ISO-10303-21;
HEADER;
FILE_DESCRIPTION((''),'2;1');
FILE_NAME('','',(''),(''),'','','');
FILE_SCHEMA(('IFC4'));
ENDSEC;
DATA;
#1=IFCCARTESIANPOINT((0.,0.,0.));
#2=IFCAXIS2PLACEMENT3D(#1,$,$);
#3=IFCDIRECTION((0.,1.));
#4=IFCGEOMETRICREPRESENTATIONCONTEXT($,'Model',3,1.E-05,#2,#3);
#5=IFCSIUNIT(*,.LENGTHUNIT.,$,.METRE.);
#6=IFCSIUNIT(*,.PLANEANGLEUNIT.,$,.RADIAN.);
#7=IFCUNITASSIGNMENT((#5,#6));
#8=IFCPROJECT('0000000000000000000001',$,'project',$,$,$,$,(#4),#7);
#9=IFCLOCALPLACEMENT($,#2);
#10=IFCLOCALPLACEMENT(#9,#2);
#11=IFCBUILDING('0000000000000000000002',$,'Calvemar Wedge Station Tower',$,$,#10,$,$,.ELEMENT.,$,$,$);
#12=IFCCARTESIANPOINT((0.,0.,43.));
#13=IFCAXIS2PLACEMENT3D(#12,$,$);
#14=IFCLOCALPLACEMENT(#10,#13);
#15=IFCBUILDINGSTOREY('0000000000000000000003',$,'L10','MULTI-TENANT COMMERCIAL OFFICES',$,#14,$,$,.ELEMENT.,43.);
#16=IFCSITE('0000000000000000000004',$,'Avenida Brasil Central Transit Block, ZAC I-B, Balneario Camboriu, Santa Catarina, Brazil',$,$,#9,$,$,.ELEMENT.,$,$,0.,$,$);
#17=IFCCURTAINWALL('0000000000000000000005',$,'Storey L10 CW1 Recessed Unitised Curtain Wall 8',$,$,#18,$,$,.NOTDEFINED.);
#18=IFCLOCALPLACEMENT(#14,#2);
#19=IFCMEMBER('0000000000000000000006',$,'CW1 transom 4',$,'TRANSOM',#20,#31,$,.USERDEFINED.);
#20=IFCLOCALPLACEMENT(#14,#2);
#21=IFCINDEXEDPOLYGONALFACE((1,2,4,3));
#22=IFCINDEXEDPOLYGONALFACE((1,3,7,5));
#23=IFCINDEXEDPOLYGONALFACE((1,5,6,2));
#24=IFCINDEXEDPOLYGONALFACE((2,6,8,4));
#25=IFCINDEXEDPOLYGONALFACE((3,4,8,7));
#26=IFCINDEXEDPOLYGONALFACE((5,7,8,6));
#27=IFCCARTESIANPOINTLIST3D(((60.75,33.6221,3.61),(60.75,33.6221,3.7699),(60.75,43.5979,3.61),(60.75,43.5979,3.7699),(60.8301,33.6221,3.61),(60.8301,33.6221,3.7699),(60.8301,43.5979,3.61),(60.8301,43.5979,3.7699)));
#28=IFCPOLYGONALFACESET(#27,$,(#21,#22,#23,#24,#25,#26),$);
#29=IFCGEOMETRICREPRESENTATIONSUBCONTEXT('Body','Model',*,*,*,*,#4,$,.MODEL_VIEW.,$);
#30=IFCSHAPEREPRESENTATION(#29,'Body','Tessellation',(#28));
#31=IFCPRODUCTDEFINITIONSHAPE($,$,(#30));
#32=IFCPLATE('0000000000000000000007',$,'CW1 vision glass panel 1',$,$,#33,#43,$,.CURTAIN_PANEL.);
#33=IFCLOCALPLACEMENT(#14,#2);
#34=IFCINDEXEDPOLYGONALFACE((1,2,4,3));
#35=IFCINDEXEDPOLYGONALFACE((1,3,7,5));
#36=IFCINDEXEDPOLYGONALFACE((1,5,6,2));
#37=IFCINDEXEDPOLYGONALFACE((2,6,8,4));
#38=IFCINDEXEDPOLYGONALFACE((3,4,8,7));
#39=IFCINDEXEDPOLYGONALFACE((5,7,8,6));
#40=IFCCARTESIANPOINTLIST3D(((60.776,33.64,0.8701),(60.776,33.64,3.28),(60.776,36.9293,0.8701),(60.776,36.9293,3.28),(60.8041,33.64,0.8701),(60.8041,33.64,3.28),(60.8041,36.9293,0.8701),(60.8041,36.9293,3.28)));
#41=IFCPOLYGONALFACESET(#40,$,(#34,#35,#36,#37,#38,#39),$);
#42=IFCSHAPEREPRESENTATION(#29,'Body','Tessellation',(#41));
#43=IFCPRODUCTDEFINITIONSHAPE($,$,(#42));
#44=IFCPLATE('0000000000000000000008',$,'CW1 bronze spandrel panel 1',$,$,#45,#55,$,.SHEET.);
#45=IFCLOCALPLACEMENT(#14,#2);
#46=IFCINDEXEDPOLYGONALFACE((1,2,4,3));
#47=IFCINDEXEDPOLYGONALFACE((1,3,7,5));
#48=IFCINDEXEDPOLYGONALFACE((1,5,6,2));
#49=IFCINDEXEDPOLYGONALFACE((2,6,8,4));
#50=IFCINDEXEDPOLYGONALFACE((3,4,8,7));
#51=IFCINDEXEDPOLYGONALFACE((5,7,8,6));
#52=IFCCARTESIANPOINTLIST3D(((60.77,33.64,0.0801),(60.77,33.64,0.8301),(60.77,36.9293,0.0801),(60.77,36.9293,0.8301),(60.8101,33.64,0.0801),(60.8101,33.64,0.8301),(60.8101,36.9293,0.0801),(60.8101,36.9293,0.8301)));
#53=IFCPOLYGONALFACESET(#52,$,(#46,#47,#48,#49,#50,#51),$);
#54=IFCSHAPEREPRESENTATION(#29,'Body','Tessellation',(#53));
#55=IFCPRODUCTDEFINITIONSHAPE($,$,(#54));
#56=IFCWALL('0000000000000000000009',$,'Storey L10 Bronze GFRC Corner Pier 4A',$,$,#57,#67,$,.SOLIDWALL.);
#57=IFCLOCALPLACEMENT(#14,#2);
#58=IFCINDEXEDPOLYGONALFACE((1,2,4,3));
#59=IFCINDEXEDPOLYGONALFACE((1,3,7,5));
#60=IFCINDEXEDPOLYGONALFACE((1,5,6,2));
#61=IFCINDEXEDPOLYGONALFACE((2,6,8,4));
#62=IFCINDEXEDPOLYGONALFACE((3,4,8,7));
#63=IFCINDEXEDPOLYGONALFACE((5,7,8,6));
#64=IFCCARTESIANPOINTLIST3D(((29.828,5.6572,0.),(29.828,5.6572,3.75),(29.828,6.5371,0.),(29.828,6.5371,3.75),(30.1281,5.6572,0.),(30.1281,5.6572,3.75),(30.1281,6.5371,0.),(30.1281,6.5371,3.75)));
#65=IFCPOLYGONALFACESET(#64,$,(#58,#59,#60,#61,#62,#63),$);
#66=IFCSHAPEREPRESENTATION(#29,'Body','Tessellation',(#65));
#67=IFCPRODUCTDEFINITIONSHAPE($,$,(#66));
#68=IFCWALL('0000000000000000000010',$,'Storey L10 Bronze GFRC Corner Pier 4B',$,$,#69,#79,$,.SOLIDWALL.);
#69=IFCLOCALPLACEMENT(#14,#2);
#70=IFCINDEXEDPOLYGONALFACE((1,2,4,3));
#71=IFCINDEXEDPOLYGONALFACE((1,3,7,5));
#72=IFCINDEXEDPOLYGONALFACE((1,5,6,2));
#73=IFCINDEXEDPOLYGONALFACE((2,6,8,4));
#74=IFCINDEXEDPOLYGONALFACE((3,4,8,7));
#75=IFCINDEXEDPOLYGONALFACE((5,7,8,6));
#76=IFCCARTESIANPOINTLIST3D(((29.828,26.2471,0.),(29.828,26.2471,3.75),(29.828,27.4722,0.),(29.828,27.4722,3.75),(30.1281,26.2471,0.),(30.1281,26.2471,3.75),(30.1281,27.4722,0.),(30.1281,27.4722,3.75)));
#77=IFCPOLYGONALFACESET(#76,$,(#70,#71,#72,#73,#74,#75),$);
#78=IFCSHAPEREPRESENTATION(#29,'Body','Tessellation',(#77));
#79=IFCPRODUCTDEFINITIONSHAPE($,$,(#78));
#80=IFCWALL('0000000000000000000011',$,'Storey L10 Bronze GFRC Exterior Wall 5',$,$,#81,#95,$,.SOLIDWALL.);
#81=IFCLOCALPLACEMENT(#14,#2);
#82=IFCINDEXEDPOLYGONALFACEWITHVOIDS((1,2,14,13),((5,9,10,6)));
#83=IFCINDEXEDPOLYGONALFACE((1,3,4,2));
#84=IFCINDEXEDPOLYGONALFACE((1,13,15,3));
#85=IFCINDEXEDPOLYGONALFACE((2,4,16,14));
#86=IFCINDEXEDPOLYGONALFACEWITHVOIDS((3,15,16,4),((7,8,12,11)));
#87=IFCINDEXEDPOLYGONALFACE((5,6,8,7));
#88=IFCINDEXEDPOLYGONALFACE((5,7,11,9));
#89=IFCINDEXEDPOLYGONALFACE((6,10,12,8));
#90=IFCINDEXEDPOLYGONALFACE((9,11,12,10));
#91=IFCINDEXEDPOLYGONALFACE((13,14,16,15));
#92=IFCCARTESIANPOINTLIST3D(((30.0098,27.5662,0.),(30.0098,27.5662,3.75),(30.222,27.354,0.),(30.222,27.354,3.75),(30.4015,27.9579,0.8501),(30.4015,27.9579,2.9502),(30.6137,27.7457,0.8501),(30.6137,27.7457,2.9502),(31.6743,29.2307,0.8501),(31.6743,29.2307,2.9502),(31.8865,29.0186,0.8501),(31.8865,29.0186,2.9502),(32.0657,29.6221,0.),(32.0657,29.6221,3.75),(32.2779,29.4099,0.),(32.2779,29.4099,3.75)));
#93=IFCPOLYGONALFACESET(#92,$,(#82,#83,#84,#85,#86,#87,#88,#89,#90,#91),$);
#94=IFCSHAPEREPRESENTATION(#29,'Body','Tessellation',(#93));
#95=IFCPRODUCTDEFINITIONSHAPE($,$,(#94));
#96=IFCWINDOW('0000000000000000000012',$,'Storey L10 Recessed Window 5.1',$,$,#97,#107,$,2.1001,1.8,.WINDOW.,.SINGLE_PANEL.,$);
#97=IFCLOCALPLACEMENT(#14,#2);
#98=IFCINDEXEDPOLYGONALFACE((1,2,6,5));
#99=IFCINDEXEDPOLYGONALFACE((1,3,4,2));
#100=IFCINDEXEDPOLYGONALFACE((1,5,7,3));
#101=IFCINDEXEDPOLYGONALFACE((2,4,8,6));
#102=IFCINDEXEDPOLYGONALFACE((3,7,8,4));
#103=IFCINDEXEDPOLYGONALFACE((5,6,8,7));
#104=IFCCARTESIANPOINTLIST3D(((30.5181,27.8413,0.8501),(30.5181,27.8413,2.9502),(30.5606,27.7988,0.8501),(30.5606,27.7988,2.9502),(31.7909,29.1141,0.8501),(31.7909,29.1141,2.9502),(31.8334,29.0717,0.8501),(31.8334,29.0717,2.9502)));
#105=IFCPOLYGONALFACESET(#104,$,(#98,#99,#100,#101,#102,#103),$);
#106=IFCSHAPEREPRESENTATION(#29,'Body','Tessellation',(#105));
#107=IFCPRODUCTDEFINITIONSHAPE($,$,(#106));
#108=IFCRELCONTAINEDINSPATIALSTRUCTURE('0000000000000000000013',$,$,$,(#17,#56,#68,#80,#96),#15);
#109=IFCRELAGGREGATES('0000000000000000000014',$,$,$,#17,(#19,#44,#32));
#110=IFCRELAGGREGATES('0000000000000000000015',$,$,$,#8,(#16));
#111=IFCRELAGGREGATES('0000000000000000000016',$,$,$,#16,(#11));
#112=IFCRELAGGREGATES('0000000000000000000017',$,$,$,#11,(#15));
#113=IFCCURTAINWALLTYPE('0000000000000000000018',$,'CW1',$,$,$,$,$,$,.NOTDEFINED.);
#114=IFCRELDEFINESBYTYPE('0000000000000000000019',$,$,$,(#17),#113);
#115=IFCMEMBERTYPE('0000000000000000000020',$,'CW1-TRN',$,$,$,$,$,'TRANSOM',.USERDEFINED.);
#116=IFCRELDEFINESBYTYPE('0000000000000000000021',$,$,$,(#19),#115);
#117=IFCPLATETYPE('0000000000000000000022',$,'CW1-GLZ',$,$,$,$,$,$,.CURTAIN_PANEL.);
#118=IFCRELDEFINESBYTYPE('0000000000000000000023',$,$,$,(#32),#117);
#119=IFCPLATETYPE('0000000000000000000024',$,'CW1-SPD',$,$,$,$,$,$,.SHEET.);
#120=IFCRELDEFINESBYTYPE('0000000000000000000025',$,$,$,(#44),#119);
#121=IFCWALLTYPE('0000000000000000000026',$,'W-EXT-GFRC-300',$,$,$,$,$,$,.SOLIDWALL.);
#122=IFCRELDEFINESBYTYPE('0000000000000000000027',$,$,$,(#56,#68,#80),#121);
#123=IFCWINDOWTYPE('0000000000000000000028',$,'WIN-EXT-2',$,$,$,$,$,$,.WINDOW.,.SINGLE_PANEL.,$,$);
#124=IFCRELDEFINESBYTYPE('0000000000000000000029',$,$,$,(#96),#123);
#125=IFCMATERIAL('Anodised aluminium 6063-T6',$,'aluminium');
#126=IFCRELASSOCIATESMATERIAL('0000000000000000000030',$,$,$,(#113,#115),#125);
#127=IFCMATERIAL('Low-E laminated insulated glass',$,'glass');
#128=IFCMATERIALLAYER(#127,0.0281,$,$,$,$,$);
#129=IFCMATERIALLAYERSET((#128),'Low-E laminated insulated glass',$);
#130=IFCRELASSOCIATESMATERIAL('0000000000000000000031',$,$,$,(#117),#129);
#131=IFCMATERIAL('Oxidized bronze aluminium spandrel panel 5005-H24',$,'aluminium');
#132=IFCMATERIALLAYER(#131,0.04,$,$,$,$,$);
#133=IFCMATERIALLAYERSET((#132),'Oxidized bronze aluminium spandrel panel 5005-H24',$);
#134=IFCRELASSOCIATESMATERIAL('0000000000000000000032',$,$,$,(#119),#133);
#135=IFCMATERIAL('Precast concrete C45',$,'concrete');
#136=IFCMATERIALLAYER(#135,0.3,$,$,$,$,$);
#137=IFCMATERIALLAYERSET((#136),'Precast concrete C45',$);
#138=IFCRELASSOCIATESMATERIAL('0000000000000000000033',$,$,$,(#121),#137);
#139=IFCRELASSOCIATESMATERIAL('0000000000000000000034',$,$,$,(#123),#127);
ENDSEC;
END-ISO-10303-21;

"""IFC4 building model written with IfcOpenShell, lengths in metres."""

from ifc_helpers import new_model, si_unit, direction, frame, frame_2d, origin, origin_2d, place, context, subcontext, project, spatial, rectangle, extrude, source, transform, mapped, material, layer, layer_set, material_profile, profile_set, type_object, element, fill, aggregate, save


model = new_model("IFC4")

# Units and contexts
model_context = context("Model", 3, precision=1e-05, world=origin(), true_north=direction((0.0, 1.0)))
body_context = subcontext(model_context, "Body", "Model", "MODEL_VIEW")
ifc_project = project(units=[si_unit("LENGTHUNIT", "METRE"), si_unit("PLANEANGLEUNIT", "RADIAN")], contexts=[model_context])

# Site, building, storey
site_placement = place(None, origin())
site = spatial("IfcSite", under=ifc_project, at=site_placement, Name="Avenida Brasil Central Transit Block, ZAC I-B, Balneario Camboriu, Santa Catarina, Brazil", CompositionType="ELEMENT", RefElevation=0.0)
building_placement = place(site_placement, origin())
building = spatial("IfcBuilding", under=site, at=building_placement, Name="Calvemar Wedge Station Tower", CompositionType="ELEMENT")
storey_placement = place(building_placement, frame((0.0, 0.0, 43.0)))
storey = spatial("IfcBuildingStorey", under=building, at=storey_placement, Name="L10", Description="MULTI-TENANT COMMERCIAL OFFICES", CompositionType="ELEMENT", Elevation=43.0)

# Shared definitions
ifc_material_1 = material(Name="Anodised aluminium 6063-T6", Category="aluminium")
curtain_wall_type = type_object("IfcCurtainWallType", Name="CW1", PredefinedType="NOTDEFINED", material=ifc_material_1)

# Curtain wall, member, plates
curtain_wall_1_placement = place(storey_placement, origin())
curtain_wall_1 = element("IfcCurtainWall", 1, at=curtain_wall_1_placement, inside=storey, type_object=curtain_wall_type, Name="Storey L10 CW1 Recessed Unitised Curtain Wall 8", PredefinedType="NOTDEFINED")
ifc_material_profile_1 = material_profile(ifc_material_1, rectangle(XDim=0.0801, YDim=0.1599, at=origin_2d()), Name="AL-TRN-80x160")
ifc_profile_set_1 = profile_set([ifc_material_profile_1], Name="Anodised aluminium 6063-T6")
member_type_1 = type_object("IfcMemberType", Name="CW1-TRN", ElementType="TRANSOM", PredefinedType="USERDEFINED", material=ifc_profile_set_1)
shared_shape_1 = source(origin(), body_context, "Body", "SweptSolid", [
    extrude(rectangle(XDim=0.0801, YDim=0.1599, at=origin_2d()), origin(), (0.0, 0.0, 1.0), 9.9758),
])
member_1_placement = place(storey_placement, frame((60.79, 33.6221, 3.6899), z_axis=(0.0, 1.0, 0.0), x_axis=(-1.0, 0.0, 0.0)))
member_1 = element("IfcMember", 2, at=member_1_placement, type_object=member_type_1, Name="CW1 transom 4", ObjectType="TRANSOM", PredefinedType="USERDEFINED", context=body_context, shape_type="MappedRepresentation", body=[
    mapped(shared_shape_1, transform((0.0, 0.0, 0.0), scale=1.0)),
])
ifc_material_2 = material(Name="Low-E laminated insulated glass", Category="glass")
ifc_layer_1 = layer(ifc_material_2, 0.0281)
ifc_layer_set_1 = layer_set([ifc_layer_1], Name="Low-E laminated insulated glass")
plate_type_1 = type_object("IfcPlateType", Name="CW1-GLZ", PredefinedType="CURTAIN_PANEL", material=ifc_layer_set_1)
plate_1_placement = place(storey_placement, frame((60.79, 33.6401, 0.8701), z_axis=(0.0, 0.0, 1.0), x_axis=(0.0, 1.0, 0.0)))
plate_1 = element("IfcPlate", 3, at=plate_1_placement, type_object=plate_type_1, Name="CW1 vision glass panel 1", PredefinedType="CURTAIN_PANEL", context=body_context, shape_type="SweptSolid", body=[
    extrude(rectangle(XDim=3.2893, YDim=0.0281, at=frame_2d((1.6445, 0.0))), origin(), (0.0, 0.0, 1.0), 2.4099),
])
ifc_material_3 = material(Name="Oxidized bronze aluminium spandrel panel 5005-H24", Category="aluminium")
ifc_layer_2 = layer(ifc_material_3, 0.04)
ifc_layer_set_2 = layer_set([ifc_layer_2], Name="Oxidized bronze aluminium spandrel panel 5005-H24")
plate_type_2 = type_object("IfcPlateType", Name="CW1-SPD", PredefinedType="SHEET", material=ifc_layer_set_2)
plate_2_placement = place(storey_placement, frame((60.79, 33.6401, 0.0801), z_axis=(0.0, 0.0, 1.0), x_axis=(0.0, 1.0, 0.0)))
plate_2 = element("IfcPlate", 4, at=plate_2_placement, type_object=plate_type_2, Name="CW1 bronze spandrel panel 1", PredefinedType="SHEET", context=body_context, shape_type="SweptSolid", body=[
    extrude(rectangle(XDim=3.2893, YDim=0.04, at=frame_2d((1.6445, 0.0))), origin(), (0.0, 0.0, 1.0), 0.75),
])
aggregate(curtain_wall_1, [member_1, plate_2, plate_1])

# Walls
ifc_material_4 = material(Name="Precast concrete C45", Category="concrete")
ifc_layer_3 = layer(ifc_material_4, 0.3)
ifc_layer_set_3 = layer_set([ifc_layer_3], Name="Precast concrete C45")
wall_type_1 = type_object("IfcWallType", Name="W-EXT-GFRC-300", PredefinedType="SOLIDWALL", material=ifc_layer_set_3)
wall_1_placement = place(storey_placement, frame((29.978, 5.6572, 0.0), z_axis=(0.0, 0.0, 1.0), x_axis=(0.0, 1.0, 0.0)))
element("IfcWall", 5, at=wall_1_placement, inside=storey, type_object=wall_type_1, Name="Storey L10 Bronze GFRC Corner Pier 4A", PredefinedType="SOLIDWALL", context=body_context, shape_type="SweptSolid", body=[
    extrude(rectangle(XDim=0.8799, YDim=0.3, at=frame_2d((0.4399, 0.0))), origin(), (0.0, 0.0, 1.0), 3.75),
])
wall_2_placement = place(storey_placement, frame((29.978, 26.2471, 0.0), z_axis=(0.0, 0.0, 1.0), x_axis=(0.0, 1.0, 0.0)))
element("IfcWall", 6, at=wall_2_placement, inside=storey, type_object=wall_type_1, Name="Storey L10 Bronze GFRC Corner Pier 4B", PredefinedType="SOLIDWALL", context=body_context, shape_type="SweptSolid", body=[
    extrude(rectangle(XDim=1.2251, YDim=0.3, at=frame_2d((0.6125, 0.0))), origin(), (0.0, 0.0, 1.0), 3.75),
])

# Wall, opening, window
wall_3_placement = place(storey_placement, frame((30.116, 27.4602, 0.0), z_axis=(0.0, 0.0, 1.0), x_axis=(0.707107, 0.707107, 0.0)))
wall_3 = element("IfcWall", 7, at=wall_3_placement, inside=storey, type_object=wall_type_1, Name="Storey L10 Bronze GFRC Exterior Wall 5", PredefinedType="SOLIDWALL", context=body_context, shape_type="SweptSolid", body=[
    extrude(rectangle(XDim=2.9075, YDim=0.3, at=frame_2d((1.4536, 0.0))), origin(), (0.0, 0.0, 1.0), 3.75),
])
shared_shape_2 = source(origin(), body_context, "Body", "SweptSolid", [
    extrude(rectangle(XDim=1.8, YDim=2.1001, at=frame_2d((0.8999, 1.05))), frame((0.0, 0.1602, 0.0), z_axis=(0.0, -1.0, 0.0), x_axis=(1.0, 0.0, 0.0)), (0.0, 0.0, 1.0), 0.3201),
])
opening_1_placement = place(wall_3_placement, frame((0.554, 0.0, 0.8501)))
opening_1 = element("IfcOpeningElement", 8, at=opening_1_placement, cuts=wall_3, PredefinedType="OPENING", context=body_context, shape_type="MappedRepresentation", body=[
    mapped(shared_shape_2, transform((0.0, 0.0, 0.0), scale=1.0)),
])
window_type_1 = type_object("IfcWindowType", Name="WIN-EXT-2", PartitioningType="SINGLE_PANEL", PredefinedType="WINDOW", material=ifc_material_2)
shared_shape_3 = source(origin(), body_context, "Body", "SweptSolid", [
    extrude(rectangle(XDim=1.8, YDim=2.1001, at=frame_2d((0.8999, 1.05))), frame((0.0, -0.0149, 0.0), z_axis=(0.0, -1.0, 0.0), x_axis=(1.0, 0.0, 0.0)), (0.0, 0.0, 1.0), 0.0601),
])
window_1_placement = place(opening_1_placement, origin())
window_1 = element("IfcWindow", 9, at=window_1_placement, inside=storey, type_object=window_type_1, Name="Storey L10 Recessed Window 5.1", OverallHeight=2.1001, OverallWidth=1.8, PartitioningType="SINGLE_PANEL", PredefinedType="WINDOW", context=body_context, shape_type="MappedRepresentation", body=[
    mapped(shared_shape_3, transform((0.0, 0.0, 0.0), scale=1.0)),
])
fill(opening_1, window_1)

save(model, "model.ifc")
